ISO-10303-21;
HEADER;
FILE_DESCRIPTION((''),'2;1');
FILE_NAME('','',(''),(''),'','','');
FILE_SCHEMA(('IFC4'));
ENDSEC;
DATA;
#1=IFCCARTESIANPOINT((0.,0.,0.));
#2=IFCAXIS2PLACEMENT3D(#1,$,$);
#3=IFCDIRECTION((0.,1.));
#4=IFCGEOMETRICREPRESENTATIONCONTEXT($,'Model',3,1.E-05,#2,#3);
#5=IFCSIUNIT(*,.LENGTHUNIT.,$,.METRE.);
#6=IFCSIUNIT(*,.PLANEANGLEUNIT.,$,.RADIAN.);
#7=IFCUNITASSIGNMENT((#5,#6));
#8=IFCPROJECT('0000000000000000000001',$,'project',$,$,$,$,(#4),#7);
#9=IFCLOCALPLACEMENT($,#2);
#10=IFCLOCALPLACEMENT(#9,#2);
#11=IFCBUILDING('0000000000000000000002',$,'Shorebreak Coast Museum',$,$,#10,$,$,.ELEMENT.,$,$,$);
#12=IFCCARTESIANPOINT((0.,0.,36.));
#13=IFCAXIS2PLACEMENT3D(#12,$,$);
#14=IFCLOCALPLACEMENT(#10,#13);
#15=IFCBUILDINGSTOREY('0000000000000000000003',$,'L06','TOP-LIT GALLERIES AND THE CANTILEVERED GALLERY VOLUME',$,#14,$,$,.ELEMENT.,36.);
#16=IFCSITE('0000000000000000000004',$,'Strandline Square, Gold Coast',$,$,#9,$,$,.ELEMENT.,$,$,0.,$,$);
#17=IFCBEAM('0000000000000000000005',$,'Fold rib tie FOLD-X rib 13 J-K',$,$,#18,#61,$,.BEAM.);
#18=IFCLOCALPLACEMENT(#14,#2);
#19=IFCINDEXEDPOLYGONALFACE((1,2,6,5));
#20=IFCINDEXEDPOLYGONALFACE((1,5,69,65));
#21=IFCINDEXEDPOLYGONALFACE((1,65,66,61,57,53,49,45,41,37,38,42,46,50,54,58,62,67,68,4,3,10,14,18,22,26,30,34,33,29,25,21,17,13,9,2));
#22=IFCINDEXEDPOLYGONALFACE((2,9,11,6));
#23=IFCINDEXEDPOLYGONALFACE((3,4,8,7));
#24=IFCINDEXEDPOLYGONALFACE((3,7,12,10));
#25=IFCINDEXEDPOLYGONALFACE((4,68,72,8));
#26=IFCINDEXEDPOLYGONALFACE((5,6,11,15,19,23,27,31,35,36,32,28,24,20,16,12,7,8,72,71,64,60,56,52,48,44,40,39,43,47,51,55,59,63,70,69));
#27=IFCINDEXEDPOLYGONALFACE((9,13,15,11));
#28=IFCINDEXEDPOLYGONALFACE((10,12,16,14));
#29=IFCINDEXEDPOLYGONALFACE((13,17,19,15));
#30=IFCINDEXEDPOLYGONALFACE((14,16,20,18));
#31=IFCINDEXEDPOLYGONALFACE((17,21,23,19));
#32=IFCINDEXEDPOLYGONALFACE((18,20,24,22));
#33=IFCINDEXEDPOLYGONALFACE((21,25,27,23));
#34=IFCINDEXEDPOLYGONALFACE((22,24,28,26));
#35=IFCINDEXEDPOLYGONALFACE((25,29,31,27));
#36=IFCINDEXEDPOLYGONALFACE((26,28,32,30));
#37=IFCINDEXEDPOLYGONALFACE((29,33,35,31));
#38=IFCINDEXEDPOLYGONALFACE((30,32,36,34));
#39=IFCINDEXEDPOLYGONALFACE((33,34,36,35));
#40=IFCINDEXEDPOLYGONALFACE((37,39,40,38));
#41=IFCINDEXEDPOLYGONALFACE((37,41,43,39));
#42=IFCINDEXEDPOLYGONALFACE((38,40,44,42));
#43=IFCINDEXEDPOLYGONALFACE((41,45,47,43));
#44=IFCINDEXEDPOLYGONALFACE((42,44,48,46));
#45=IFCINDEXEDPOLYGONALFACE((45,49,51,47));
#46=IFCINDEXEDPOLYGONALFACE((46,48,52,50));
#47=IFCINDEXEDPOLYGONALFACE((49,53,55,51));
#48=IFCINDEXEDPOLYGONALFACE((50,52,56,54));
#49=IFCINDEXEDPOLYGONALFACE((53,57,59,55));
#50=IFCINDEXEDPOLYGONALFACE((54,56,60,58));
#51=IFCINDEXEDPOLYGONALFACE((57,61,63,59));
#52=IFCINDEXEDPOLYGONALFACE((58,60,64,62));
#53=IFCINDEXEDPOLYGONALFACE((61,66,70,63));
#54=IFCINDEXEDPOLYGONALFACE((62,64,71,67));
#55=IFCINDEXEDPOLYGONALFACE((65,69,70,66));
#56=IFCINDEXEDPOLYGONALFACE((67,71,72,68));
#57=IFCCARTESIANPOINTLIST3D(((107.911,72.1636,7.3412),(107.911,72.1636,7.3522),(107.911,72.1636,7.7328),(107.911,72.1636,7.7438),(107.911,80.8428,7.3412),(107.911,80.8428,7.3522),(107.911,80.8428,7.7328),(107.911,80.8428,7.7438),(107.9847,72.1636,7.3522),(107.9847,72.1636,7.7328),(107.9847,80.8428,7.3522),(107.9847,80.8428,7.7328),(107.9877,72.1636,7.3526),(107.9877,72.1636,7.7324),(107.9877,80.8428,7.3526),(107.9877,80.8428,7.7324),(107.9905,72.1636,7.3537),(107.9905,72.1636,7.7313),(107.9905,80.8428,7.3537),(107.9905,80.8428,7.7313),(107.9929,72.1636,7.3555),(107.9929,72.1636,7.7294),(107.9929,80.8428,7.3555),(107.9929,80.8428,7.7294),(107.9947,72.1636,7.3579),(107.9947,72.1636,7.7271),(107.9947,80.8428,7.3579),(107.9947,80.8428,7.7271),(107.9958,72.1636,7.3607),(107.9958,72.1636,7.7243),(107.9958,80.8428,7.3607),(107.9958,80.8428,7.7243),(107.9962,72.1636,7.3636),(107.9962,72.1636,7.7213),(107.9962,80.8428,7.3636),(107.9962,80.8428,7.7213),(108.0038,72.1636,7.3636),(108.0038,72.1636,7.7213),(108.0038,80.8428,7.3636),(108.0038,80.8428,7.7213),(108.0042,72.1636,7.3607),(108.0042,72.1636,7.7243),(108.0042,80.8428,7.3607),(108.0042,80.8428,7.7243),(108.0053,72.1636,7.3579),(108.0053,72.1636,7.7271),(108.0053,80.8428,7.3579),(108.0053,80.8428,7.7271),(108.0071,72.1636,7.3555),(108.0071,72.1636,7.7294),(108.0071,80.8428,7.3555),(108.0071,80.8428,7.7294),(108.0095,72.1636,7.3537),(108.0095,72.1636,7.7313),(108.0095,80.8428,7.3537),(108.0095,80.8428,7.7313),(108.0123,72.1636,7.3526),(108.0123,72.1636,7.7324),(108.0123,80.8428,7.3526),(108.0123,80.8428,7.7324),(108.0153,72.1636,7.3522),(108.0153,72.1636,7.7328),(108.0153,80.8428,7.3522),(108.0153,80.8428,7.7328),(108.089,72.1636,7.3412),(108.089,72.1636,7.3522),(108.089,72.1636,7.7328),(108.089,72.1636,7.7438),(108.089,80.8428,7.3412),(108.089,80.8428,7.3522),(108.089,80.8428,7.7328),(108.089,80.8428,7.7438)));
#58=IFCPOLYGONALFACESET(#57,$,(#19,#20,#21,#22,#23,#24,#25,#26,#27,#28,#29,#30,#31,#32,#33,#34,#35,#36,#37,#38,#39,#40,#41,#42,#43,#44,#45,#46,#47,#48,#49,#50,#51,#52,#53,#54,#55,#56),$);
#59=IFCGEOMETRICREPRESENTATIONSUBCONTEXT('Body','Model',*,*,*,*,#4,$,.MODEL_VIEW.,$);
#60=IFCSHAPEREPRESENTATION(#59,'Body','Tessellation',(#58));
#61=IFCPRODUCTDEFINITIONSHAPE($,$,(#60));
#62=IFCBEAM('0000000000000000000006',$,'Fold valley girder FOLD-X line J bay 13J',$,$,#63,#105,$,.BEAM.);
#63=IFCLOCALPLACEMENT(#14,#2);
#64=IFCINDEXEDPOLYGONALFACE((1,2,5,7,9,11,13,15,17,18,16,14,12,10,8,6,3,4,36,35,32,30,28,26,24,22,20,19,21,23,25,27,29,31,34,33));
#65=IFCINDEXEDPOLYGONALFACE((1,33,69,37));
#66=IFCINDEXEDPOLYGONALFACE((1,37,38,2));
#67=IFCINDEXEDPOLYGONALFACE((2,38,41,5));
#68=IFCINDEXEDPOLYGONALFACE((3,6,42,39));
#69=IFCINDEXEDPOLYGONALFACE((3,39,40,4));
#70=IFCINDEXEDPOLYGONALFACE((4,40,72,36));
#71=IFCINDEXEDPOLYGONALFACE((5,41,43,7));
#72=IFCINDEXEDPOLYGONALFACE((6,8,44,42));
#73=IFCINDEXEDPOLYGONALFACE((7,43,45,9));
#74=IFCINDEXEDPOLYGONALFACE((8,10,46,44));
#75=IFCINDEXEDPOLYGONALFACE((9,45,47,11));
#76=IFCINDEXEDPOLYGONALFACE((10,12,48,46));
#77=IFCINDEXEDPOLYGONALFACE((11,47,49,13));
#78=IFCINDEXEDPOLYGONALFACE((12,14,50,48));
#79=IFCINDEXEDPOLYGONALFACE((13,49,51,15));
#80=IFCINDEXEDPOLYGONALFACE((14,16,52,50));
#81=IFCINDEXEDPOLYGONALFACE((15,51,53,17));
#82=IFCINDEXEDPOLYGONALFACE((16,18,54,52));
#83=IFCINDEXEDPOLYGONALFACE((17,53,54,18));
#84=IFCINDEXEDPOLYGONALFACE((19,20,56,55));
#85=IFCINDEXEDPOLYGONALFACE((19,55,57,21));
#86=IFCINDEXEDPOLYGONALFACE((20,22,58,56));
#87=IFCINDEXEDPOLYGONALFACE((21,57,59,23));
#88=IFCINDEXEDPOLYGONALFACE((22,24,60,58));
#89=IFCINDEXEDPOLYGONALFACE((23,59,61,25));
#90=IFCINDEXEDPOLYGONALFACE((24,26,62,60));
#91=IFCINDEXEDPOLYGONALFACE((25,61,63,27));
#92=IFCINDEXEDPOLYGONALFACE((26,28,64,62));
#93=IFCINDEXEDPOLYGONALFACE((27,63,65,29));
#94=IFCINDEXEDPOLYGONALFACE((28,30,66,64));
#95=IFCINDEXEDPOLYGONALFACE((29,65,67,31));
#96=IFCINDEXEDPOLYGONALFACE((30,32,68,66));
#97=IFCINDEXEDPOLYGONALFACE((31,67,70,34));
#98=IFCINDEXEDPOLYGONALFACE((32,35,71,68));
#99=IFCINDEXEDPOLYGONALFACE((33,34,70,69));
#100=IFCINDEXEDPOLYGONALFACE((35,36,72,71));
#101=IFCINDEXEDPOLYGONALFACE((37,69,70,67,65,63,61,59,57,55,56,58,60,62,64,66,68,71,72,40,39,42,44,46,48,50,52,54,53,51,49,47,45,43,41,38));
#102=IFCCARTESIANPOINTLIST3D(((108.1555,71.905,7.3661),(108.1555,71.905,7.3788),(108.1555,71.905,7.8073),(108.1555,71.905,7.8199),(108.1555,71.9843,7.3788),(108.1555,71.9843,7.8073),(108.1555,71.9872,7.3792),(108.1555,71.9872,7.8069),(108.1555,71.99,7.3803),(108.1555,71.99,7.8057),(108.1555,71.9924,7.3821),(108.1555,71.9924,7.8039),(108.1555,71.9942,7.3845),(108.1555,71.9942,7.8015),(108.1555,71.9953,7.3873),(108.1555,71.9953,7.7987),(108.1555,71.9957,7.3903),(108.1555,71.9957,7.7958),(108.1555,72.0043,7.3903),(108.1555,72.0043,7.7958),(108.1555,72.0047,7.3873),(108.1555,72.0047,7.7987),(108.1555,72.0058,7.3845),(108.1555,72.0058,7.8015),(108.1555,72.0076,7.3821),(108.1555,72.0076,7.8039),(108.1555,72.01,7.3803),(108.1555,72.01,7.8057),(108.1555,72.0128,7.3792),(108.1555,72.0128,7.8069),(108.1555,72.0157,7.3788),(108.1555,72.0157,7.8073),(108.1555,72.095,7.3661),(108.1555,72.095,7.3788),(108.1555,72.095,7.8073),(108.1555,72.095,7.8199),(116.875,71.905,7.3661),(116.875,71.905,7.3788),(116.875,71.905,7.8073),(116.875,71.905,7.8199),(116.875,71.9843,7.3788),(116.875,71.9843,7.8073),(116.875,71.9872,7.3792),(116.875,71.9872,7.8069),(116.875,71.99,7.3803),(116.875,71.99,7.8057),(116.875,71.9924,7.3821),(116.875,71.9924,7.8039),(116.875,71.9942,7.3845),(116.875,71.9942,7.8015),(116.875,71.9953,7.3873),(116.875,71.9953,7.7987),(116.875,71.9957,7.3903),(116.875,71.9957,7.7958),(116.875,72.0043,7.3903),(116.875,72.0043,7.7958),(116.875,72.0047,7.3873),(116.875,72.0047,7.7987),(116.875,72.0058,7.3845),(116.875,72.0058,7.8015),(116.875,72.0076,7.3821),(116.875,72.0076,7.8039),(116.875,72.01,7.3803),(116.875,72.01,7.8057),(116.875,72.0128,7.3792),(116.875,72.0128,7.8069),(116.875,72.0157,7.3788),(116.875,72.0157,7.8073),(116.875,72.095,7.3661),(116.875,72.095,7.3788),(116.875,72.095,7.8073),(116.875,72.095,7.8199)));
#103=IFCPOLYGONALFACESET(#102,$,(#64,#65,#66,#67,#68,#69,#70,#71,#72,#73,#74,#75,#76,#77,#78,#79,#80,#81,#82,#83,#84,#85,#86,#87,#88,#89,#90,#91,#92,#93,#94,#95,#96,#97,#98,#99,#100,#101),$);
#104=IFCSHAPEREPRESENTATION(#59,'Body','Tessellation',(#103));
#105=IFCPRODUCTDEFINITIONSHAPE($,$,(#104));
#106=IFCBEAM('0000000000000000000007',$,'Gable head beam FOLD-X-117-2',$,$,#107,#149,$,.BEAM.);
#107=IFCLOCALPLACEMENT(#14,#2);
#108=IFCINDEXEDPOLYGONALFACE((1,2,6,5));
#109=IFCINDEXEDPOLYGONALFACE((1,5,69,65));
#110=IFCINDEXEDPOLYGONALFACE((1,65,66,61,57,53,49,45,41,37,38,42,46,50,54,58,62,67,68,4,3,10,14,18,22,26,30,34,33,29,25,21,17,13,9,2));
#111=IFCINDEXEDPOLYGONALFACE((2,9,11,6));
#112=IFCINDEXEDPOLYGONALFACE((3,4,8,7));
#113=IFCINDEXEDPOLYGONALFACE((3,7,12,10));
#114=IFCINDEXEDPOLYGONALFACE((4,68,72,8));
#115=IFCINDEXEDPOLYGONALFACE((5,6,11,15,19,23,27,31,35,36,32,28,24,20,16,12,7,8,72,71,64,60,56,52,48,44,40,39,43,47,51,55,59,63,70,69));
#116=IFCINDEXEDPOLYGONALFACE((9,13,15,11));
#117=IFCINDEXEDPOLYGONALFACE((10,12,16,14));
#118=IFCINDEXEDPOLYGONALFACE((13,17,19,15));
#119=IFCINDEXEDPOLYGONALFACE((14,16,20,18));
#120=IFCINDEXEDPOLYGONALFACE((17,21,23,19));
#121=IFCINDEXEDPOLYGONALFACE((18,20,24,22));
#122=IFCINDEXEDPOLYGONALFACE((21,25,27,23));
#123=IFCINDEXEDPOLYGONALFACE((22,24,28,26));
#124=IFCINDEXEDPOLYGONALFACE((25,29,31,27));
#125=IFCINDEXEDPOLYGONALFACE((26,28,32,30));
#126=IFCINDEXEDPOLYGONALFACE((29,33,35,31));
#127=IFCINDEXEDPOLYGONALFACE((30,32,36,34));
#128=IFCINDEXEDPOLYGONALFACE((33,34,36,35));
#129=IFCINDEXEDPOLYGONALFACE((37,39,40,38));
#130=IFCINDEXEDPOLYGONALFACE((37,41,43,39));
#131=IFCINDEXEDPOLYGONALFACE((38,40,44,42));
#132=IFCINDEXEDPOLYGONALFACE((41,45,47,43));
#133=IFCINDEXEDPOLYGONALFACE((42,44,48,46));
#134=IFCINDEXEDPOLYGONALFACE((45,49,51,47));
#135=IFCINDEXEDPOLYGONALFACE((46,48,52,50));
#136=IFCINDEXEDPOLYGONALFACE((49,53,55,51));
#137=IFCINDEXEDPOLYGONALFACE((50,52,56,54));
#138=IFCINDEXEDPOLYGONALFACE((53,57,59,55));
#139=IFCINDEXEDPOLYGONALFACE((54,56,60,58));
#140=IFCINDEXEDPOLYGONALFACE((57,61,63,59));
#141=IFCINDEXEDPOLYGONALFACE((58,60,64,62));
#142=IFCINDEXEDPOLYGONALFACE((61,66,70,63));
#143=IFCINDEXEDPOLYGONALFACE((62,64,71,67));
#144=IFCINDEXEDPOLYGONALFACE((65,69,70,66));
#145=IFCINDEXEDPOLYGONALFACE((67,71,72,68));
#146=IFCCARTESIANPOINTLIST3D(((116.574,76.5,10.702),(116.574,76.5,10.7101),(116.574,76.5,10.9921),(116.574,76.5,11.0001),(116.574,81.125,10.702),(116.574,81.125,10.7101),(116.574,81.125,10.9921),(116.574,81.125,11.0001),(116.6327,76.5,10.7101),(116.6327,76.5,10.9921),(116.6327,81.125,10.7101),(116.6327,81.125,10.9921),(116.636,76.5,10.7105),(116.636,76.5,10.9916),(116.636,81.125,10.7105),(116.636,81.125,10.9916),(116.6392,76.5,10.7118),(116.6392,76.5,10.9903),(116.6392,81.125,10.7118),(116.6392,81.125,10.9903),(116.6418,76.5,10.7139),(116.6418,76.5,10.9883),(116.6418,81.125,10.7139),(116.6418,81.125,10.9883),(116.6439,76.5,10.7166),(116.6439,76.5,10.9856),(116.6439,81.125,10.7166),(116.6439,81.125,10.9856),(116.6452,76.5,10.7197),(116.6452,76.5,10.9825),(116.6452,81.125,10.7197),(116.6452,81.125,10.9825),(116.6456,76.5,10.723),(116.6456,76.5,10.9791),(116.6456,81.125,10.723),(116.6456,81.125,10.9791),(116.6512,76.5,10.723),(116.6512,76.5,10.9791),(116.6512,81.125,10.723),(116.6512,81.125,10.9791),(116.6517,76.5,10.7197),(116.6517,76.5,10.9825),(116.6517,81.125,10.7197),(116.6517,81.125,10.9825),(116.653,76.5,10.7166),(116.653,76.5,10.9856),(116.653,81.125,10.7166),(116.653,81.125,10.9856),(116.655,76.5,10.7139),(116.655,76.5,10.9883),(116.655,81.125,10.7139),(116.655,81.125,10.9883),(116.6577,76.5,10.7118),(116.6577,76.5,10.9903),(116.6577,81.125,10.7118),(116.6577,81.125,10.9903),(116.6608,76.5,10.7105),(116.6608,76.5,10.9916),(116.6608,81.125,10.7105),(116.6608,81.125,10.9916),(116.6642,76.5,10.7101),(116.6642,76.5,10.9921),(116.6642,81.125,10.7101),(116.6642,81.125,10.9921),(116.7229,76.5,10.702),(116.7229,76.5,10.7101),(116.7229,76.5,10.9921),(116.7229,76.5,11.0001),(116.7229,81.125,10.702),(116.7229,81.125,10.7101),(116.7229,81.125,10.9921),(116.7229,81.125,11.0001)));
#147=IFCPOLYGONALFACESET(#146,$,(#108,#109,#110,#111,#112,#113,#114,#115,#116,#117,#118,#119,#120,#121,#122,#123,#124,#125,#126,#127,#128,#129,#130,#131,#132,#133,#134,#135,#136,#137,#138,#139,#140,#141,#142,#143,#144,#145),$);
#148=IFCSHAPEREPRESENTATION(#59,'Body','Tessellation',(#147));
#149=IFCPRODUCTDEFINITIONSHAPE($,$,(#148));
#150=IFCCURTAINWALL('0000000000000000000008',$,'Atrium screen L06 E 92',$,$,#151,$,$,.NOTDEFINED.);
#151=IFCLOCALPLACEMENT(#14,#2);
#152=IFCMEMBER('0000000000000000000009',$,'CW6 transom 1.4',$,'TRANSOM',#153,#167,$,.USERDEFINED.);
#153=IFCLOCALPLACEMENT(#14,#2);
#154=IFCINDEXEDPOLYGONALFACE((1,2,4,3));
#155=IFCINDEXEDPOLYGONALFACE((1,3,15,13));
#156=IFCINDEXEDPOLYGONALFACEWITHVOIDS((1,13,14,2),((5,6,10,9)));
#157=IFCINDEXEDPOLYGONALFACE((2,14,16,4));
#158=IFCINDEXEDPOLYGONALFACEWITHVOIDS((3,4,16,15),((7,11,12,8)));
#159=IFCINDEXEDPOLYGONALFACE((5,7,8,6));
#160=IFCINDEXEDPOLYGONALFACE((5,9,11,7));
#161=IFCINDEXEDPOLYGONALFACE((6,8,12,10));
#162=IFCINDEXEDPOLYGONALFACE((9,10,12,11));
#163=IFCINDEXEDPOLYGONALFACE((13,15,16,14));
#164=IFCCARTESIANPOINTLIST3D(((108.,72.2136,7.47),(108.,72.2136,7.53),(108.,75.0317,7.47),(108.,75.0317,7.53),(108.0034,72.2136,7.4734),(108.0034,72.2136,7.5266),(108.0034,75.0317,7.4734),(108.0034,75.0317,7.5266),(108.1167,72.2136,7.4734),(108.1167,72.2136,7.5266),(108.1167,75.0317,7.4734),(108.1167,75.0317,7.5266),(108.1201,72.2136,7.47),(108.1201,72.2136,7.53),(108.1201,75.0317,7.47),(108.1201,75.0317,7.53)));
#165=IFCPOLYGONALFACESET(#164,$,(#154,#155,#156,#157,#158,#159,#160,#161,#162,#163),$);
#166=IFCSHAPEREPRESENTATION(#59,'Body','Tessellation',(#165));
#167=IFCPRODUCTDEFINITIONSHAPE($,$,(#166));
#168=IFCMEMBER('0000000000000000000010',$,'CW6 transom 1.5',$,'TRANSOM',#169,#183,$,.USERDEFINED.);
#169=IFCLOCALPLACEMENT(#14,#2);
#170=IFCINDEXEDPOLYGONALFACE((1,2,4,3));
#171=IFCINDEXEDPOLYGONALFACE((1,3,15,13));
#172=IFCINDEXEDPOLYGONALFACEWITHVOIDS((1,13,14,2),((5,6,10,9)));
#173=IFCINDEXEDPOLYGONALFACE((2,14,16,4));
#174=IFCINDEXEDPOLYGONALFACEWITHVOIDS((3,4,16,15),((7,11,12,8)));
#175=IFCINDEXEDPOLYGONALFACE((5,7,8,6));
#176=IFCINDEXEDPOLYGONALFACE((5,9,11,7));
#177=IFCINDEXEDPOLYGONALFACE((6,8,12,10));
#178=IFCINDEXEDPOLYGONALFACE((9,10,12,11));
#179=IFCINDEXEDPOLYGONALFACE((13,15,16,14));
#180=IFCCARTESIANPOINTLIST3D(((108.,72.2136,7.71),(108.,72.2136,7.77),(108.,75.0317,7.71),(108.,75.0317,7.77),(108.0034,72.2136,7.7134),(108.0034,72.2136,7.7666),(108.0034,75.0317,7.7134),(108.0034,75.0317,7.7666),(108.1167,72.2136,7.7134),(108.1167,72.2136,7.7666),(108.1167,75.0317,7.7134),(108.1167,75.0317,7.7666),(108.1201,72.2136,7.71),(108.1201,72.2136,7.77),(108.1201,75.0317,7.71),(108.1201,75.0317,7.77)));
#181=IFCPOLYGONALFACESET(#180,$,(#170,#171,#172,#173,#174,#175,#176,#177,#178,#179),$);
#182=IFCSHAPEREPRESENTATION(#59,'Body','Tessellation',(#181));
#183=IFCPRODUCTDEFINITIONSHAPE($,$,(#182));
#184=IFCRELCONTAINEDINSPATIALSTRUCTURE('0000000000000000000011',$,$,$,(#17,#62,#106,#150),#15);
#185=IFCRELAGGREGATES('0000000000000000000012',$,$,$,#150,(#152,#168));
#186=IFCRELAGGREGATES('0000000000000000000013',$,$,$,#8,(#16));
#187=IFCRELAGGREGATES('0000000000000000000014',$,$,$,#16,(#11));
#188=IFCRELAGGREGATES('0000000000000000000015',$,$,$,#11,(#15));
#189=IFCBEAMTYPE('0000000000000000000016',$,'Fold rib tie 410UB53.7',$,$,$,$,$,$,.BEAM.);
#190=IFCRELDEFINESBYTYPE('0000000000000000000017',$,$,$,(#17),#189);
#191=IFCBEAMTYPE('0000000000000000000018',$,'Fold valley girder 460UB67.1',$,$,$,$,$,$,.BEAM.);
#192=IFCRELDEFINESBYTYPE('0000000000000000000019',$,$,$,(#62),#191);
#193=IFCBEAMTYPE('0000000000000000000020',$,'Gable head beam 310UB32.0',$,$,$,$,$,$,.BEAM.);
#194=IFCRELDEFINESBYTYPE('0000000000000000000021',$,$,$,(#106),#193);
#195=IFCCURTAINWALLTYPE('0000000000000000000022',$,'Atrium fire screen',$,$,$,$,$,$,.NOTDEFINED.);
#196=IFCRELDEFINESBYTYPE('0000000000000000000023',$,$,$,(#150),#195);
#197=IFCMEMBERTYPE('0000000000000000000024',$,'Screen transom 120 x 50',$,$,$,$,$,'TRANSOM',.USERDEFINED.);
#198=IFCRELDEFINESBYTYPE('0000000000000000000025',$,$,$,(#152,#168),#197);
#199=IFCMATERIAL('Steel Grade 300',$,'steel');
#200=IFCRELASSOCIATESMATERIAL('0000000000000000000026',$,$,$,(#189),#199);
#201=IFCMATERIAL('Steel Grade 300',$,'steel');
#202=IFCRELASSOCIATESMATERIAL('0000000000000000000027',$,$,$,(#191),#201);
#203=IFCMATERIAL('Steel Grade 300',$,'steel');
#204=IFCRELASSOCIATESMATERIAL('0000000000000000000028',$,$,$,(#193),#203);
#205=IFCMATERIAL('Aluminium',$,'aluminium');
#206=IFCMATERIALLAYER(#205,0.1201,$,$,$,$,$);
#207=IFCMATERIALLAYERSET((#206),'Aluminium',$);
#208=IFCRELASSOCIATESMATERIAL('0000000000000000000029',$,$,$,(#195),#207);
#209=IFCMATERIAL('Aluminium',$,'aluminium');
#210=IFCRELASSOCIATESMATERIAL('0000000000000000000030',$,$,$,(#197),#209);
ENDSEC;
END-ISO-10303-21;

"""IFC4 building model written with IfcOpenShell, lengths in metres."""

from ifc_helpers import new_model, si_unit, direction, frame, origin, origin_2d, place, context, subcontext, project, spatial, hollow_rectangle, i_section, extrude, material, layer, layer_set, material_profile, profile_set, type_object, element, aggregate, save


model = new_model("IFC4")

# Units and contexts
model_context = context("Model", 3, precision=1e-05, world=origin(), true_north=direction((0.0, 1.0)))
body_context = subcontext(model_context, "Body", "Model", "MODEL_VIEW")
ifc_project = project(units=[si_unit("LENGTHUNIT", "METRE"), si_unit("PLANEANGLEUNIT", "RADIAN")], contexts=[model_context])

# Site, building, storey
site_placement = place(None, origin())
site = spatial("IfcSite", under=ifc_project, at=site_placement, Name="Strandline Square, Gold Coast", CompositionType="ELEMENT", RefElevation=0.0)
building_placement = place(site_placement, origin())
building = spatial("IfcBuilding", under=site, at=building_placement, Name="Shorebreak Coast Museum", CompositionType="ELEMENT")
storey_placement = place(building_placement, frame((0.0, 0.0, 36.0)))
storey = spatial("IfcBuildingStorey", under=building, at=storey_placement, Name="L06", Description="TOP-LIT GALLERIES AND THE CANTILEVERED GALLERY VOLUME", CompositionType="ELEMENT", Elevation=36.0)

# Beams
ifc_material_1 = material(Name="Steel Grade 300", Category="steel")
ifc_material_profile_1 = material_profile(ifc_material_1, i_section(OverallWidth=0.178, OverallDepth=0.4026, WebThickness=0.0076, FlangeThickness=0.011, FilletRadius=0.0115, at=origin_2d()), Name="410UB53.7")
ifc_profile_set_1 = profile_set([ifc_material_profile_1], Name="Steel Grade 300")
beam_type_1 = type_object("IfcBeamType", Name="Fold rib tie 410UB53.7", PredefinedType="BEAM", material=ifc_profile_set_1)
beam_1_placement = place(storey_placement, frame((108.0, 72.1636, 7.5425), z_axis=(0.0, 1.0, 0.0), x_axis=(-1.0, 0.0, 0.0)))
element("IfcBeam", 1, at=beam_1_placement, inside=storey, type_object=beam_type_1, Name="Fold rib tie FOLD-X rib 13 J-K", PredefinedType="BEAM", context=body_context, shape_type="SweptSolid", body=[
    extrude(i_section(OverallWidth=0.178, OverallDepth=0.4026, WebThickness=0.0076, FlangeThickness=0.011, FilletRadius=0.0115, at=origin_2d()), origin(), (0.0, 0.0, 1.0), 8.6792),
])
ifc_material_2 = material(Name="Steel Grade 300", Category="steel")
ifc_material_profile_2 = material_profile(ifc_material_2, i_section(OverallWidth=0.1899, OverallDepth=0.4539, WebThickness=0.0085, FlangeThickness=0.0127, FilletRadius=0.0115, at=origin_2d()), Name="460UB67.1")
ifc_profile_set_2 = profile_set([ifc_material_profile_2], Name="Steel Grade 300")
beam_type_2 = type_object("IfcBeamType", Name="Fold valley girder 460UB67.1", PredefinedType="BEAM", material=ifc_profile_set_2)
beam_2_placement = place(storey_placement, frame((108.1555, 72.0, 7.593), z_axis=(1.0, 0.0, 0.0), x_axis=(0.0, 1.0, 0.0)))
element("IfcBeam", 2, at=beam_2_placement, inside=storey, type_object=beam_type_2, Name="Fold valley girder FOLD-X line J bay 13J", PredefinedType="BEAM", context=body_context, shape_type="SweptSolid", body=[
    extrude(i_section(OverallWidth=0.1899, OverallDepth=0.4539, WebThickness=0.0085, FlangeThickness=0.0127, FilletRadius=0.0115, at=origin_2d()), origin(), (0.0, 0.0, 1.0), 8.7195),
])
ifc_material_3 = material(Name="Steel Grade 300", Category="steel")
ifc_material_profile_3 = material_profile(ifc_material_3, i_section(OverallWidth=0.1489, OverallDepth=0.2981, WebThickness=0.0056, FlangeThickness=0.0081, FilletRadius=0.0129, at=origin_2d()), Name="310UB32.0")
ifc_profile_set_3 = profile_set([ifc_material_profile_3], Name="Steel Grade 300")
beam_type_3 = type_object("IfcBeamType", Name="Gable head beam 310UB32.0", PredefinedType="BEAM", material=ifc_profile_set_3)
beam_3_placement = place(storey_placement, frame((116.6484, 76.5, 10.8511), z_axis=(0.0, 1.0, 0.0), x_axis=(-1.0, 0.0, 0.0)))
element("IfcBeam", 3, at=beam_3_placement, inside=storey, type_object=beam_type_3, Name="Gable head beam FOLD-X-117-2", PredefinedType="BEAM", context=body_context, shape_type="SweptSolid", body=[
    extrude(i_section(OverallWidth=0.1489, OverallDepth=0.2981, WebThickness=0.0056, FlangeThickness=0.0081, FilletRadius=0.0129, at=origin_2d()), origin(), (0.0, 0.0, 1.0), 4.625),
])

# Curtain wall, members
ifc_material_4 = material(Name="Aluminium", Category="aluminium")
ifc_layer_1 = layer(ifc_material_4, 0.1201)
ifc_layer_set_1 = layer_set([ifc_layer_1], Name="Aluminium")
curtain_wall_type = type_object("IfcCurtainWallType", Name="Atrium fire screen", PredefinedType="NOTDEFINED", material=ifc_layer_set_1)
curtain_wall_placement = place(storey_placement, origin())
curtain_wall = element("IfcCurtainWall", 4, at=curtain_wall_placement, inside=storey, type_object=curtain_wall_type, Name="Atrium screen L06 E 92", PredefinedType="NOTDEFINED")
ifc_material_5 = material(Name="Aluminium", Category="aluminium")
ifc_material_profile_4 = material_profile(ifc_material_5, hollow_rectangle(XDim=0.1201, YDim=0.0601, WallThickness=0.0034, at=origin_2d()), Name="AL 60x120 RHS")
ifc_profile_set_4 = profile_set([ifc_material_profile_4], Name="Aluminium")
member_type = type_object("IfcMemberType", Name="Screen transom 120 x 50", ElementType="TRANSOM", PredefinedType="USERDEFINED", material=ifc_profile_set_4)
member_1_placement = place(storey_placement, frame((108.0601, 72.2136, 7.5), z_axis=(0.0, 1.0, 0.0), x_axis=(-1.0, 0.0, 0.0)))
member_1 = element("IfcMember", 5, at=member_1_placement, type_object=member_type, Name="CW6 transom 1.4", ObjectType="TRANSOM", PredefinedType="USERDEFINED", context=body_context, shape_type="SweptSolid", body=[
    extrude(hollow_rectangle(XDim=0.1201, YDim=0.0601, WallThickness=0.0034, at=origin_2d()), origin(), (0.0, 0.0, 1.0), 2.8181),
])
member_2_placement = place(storey_placement, frame((108.0601, 72.2136, 7.74), z_axis=(0.0, 1.0, 0.0), x_axis=(-1.0, 0.0, 0.0)))
member_2 = element("IfcMember", 6, at=member_2_placement, type_object=member_type, Name="CW6 transom 1.5", ObjectType="TRANSOM", PredefinedType="USERDEFINED", context=body_context, shape_type="SweptSolid", body=[
    extrude(hollow_rectangle(XDim=0.1201, YDim=0.0601, WallThickness=0.0034, at=origin_2d()), origin(), (0.0, 0.0, 1.0), 2.8181),
])
aggregate(curtain_wall, [member_1, member_2])

save(model, "model.ifc")
